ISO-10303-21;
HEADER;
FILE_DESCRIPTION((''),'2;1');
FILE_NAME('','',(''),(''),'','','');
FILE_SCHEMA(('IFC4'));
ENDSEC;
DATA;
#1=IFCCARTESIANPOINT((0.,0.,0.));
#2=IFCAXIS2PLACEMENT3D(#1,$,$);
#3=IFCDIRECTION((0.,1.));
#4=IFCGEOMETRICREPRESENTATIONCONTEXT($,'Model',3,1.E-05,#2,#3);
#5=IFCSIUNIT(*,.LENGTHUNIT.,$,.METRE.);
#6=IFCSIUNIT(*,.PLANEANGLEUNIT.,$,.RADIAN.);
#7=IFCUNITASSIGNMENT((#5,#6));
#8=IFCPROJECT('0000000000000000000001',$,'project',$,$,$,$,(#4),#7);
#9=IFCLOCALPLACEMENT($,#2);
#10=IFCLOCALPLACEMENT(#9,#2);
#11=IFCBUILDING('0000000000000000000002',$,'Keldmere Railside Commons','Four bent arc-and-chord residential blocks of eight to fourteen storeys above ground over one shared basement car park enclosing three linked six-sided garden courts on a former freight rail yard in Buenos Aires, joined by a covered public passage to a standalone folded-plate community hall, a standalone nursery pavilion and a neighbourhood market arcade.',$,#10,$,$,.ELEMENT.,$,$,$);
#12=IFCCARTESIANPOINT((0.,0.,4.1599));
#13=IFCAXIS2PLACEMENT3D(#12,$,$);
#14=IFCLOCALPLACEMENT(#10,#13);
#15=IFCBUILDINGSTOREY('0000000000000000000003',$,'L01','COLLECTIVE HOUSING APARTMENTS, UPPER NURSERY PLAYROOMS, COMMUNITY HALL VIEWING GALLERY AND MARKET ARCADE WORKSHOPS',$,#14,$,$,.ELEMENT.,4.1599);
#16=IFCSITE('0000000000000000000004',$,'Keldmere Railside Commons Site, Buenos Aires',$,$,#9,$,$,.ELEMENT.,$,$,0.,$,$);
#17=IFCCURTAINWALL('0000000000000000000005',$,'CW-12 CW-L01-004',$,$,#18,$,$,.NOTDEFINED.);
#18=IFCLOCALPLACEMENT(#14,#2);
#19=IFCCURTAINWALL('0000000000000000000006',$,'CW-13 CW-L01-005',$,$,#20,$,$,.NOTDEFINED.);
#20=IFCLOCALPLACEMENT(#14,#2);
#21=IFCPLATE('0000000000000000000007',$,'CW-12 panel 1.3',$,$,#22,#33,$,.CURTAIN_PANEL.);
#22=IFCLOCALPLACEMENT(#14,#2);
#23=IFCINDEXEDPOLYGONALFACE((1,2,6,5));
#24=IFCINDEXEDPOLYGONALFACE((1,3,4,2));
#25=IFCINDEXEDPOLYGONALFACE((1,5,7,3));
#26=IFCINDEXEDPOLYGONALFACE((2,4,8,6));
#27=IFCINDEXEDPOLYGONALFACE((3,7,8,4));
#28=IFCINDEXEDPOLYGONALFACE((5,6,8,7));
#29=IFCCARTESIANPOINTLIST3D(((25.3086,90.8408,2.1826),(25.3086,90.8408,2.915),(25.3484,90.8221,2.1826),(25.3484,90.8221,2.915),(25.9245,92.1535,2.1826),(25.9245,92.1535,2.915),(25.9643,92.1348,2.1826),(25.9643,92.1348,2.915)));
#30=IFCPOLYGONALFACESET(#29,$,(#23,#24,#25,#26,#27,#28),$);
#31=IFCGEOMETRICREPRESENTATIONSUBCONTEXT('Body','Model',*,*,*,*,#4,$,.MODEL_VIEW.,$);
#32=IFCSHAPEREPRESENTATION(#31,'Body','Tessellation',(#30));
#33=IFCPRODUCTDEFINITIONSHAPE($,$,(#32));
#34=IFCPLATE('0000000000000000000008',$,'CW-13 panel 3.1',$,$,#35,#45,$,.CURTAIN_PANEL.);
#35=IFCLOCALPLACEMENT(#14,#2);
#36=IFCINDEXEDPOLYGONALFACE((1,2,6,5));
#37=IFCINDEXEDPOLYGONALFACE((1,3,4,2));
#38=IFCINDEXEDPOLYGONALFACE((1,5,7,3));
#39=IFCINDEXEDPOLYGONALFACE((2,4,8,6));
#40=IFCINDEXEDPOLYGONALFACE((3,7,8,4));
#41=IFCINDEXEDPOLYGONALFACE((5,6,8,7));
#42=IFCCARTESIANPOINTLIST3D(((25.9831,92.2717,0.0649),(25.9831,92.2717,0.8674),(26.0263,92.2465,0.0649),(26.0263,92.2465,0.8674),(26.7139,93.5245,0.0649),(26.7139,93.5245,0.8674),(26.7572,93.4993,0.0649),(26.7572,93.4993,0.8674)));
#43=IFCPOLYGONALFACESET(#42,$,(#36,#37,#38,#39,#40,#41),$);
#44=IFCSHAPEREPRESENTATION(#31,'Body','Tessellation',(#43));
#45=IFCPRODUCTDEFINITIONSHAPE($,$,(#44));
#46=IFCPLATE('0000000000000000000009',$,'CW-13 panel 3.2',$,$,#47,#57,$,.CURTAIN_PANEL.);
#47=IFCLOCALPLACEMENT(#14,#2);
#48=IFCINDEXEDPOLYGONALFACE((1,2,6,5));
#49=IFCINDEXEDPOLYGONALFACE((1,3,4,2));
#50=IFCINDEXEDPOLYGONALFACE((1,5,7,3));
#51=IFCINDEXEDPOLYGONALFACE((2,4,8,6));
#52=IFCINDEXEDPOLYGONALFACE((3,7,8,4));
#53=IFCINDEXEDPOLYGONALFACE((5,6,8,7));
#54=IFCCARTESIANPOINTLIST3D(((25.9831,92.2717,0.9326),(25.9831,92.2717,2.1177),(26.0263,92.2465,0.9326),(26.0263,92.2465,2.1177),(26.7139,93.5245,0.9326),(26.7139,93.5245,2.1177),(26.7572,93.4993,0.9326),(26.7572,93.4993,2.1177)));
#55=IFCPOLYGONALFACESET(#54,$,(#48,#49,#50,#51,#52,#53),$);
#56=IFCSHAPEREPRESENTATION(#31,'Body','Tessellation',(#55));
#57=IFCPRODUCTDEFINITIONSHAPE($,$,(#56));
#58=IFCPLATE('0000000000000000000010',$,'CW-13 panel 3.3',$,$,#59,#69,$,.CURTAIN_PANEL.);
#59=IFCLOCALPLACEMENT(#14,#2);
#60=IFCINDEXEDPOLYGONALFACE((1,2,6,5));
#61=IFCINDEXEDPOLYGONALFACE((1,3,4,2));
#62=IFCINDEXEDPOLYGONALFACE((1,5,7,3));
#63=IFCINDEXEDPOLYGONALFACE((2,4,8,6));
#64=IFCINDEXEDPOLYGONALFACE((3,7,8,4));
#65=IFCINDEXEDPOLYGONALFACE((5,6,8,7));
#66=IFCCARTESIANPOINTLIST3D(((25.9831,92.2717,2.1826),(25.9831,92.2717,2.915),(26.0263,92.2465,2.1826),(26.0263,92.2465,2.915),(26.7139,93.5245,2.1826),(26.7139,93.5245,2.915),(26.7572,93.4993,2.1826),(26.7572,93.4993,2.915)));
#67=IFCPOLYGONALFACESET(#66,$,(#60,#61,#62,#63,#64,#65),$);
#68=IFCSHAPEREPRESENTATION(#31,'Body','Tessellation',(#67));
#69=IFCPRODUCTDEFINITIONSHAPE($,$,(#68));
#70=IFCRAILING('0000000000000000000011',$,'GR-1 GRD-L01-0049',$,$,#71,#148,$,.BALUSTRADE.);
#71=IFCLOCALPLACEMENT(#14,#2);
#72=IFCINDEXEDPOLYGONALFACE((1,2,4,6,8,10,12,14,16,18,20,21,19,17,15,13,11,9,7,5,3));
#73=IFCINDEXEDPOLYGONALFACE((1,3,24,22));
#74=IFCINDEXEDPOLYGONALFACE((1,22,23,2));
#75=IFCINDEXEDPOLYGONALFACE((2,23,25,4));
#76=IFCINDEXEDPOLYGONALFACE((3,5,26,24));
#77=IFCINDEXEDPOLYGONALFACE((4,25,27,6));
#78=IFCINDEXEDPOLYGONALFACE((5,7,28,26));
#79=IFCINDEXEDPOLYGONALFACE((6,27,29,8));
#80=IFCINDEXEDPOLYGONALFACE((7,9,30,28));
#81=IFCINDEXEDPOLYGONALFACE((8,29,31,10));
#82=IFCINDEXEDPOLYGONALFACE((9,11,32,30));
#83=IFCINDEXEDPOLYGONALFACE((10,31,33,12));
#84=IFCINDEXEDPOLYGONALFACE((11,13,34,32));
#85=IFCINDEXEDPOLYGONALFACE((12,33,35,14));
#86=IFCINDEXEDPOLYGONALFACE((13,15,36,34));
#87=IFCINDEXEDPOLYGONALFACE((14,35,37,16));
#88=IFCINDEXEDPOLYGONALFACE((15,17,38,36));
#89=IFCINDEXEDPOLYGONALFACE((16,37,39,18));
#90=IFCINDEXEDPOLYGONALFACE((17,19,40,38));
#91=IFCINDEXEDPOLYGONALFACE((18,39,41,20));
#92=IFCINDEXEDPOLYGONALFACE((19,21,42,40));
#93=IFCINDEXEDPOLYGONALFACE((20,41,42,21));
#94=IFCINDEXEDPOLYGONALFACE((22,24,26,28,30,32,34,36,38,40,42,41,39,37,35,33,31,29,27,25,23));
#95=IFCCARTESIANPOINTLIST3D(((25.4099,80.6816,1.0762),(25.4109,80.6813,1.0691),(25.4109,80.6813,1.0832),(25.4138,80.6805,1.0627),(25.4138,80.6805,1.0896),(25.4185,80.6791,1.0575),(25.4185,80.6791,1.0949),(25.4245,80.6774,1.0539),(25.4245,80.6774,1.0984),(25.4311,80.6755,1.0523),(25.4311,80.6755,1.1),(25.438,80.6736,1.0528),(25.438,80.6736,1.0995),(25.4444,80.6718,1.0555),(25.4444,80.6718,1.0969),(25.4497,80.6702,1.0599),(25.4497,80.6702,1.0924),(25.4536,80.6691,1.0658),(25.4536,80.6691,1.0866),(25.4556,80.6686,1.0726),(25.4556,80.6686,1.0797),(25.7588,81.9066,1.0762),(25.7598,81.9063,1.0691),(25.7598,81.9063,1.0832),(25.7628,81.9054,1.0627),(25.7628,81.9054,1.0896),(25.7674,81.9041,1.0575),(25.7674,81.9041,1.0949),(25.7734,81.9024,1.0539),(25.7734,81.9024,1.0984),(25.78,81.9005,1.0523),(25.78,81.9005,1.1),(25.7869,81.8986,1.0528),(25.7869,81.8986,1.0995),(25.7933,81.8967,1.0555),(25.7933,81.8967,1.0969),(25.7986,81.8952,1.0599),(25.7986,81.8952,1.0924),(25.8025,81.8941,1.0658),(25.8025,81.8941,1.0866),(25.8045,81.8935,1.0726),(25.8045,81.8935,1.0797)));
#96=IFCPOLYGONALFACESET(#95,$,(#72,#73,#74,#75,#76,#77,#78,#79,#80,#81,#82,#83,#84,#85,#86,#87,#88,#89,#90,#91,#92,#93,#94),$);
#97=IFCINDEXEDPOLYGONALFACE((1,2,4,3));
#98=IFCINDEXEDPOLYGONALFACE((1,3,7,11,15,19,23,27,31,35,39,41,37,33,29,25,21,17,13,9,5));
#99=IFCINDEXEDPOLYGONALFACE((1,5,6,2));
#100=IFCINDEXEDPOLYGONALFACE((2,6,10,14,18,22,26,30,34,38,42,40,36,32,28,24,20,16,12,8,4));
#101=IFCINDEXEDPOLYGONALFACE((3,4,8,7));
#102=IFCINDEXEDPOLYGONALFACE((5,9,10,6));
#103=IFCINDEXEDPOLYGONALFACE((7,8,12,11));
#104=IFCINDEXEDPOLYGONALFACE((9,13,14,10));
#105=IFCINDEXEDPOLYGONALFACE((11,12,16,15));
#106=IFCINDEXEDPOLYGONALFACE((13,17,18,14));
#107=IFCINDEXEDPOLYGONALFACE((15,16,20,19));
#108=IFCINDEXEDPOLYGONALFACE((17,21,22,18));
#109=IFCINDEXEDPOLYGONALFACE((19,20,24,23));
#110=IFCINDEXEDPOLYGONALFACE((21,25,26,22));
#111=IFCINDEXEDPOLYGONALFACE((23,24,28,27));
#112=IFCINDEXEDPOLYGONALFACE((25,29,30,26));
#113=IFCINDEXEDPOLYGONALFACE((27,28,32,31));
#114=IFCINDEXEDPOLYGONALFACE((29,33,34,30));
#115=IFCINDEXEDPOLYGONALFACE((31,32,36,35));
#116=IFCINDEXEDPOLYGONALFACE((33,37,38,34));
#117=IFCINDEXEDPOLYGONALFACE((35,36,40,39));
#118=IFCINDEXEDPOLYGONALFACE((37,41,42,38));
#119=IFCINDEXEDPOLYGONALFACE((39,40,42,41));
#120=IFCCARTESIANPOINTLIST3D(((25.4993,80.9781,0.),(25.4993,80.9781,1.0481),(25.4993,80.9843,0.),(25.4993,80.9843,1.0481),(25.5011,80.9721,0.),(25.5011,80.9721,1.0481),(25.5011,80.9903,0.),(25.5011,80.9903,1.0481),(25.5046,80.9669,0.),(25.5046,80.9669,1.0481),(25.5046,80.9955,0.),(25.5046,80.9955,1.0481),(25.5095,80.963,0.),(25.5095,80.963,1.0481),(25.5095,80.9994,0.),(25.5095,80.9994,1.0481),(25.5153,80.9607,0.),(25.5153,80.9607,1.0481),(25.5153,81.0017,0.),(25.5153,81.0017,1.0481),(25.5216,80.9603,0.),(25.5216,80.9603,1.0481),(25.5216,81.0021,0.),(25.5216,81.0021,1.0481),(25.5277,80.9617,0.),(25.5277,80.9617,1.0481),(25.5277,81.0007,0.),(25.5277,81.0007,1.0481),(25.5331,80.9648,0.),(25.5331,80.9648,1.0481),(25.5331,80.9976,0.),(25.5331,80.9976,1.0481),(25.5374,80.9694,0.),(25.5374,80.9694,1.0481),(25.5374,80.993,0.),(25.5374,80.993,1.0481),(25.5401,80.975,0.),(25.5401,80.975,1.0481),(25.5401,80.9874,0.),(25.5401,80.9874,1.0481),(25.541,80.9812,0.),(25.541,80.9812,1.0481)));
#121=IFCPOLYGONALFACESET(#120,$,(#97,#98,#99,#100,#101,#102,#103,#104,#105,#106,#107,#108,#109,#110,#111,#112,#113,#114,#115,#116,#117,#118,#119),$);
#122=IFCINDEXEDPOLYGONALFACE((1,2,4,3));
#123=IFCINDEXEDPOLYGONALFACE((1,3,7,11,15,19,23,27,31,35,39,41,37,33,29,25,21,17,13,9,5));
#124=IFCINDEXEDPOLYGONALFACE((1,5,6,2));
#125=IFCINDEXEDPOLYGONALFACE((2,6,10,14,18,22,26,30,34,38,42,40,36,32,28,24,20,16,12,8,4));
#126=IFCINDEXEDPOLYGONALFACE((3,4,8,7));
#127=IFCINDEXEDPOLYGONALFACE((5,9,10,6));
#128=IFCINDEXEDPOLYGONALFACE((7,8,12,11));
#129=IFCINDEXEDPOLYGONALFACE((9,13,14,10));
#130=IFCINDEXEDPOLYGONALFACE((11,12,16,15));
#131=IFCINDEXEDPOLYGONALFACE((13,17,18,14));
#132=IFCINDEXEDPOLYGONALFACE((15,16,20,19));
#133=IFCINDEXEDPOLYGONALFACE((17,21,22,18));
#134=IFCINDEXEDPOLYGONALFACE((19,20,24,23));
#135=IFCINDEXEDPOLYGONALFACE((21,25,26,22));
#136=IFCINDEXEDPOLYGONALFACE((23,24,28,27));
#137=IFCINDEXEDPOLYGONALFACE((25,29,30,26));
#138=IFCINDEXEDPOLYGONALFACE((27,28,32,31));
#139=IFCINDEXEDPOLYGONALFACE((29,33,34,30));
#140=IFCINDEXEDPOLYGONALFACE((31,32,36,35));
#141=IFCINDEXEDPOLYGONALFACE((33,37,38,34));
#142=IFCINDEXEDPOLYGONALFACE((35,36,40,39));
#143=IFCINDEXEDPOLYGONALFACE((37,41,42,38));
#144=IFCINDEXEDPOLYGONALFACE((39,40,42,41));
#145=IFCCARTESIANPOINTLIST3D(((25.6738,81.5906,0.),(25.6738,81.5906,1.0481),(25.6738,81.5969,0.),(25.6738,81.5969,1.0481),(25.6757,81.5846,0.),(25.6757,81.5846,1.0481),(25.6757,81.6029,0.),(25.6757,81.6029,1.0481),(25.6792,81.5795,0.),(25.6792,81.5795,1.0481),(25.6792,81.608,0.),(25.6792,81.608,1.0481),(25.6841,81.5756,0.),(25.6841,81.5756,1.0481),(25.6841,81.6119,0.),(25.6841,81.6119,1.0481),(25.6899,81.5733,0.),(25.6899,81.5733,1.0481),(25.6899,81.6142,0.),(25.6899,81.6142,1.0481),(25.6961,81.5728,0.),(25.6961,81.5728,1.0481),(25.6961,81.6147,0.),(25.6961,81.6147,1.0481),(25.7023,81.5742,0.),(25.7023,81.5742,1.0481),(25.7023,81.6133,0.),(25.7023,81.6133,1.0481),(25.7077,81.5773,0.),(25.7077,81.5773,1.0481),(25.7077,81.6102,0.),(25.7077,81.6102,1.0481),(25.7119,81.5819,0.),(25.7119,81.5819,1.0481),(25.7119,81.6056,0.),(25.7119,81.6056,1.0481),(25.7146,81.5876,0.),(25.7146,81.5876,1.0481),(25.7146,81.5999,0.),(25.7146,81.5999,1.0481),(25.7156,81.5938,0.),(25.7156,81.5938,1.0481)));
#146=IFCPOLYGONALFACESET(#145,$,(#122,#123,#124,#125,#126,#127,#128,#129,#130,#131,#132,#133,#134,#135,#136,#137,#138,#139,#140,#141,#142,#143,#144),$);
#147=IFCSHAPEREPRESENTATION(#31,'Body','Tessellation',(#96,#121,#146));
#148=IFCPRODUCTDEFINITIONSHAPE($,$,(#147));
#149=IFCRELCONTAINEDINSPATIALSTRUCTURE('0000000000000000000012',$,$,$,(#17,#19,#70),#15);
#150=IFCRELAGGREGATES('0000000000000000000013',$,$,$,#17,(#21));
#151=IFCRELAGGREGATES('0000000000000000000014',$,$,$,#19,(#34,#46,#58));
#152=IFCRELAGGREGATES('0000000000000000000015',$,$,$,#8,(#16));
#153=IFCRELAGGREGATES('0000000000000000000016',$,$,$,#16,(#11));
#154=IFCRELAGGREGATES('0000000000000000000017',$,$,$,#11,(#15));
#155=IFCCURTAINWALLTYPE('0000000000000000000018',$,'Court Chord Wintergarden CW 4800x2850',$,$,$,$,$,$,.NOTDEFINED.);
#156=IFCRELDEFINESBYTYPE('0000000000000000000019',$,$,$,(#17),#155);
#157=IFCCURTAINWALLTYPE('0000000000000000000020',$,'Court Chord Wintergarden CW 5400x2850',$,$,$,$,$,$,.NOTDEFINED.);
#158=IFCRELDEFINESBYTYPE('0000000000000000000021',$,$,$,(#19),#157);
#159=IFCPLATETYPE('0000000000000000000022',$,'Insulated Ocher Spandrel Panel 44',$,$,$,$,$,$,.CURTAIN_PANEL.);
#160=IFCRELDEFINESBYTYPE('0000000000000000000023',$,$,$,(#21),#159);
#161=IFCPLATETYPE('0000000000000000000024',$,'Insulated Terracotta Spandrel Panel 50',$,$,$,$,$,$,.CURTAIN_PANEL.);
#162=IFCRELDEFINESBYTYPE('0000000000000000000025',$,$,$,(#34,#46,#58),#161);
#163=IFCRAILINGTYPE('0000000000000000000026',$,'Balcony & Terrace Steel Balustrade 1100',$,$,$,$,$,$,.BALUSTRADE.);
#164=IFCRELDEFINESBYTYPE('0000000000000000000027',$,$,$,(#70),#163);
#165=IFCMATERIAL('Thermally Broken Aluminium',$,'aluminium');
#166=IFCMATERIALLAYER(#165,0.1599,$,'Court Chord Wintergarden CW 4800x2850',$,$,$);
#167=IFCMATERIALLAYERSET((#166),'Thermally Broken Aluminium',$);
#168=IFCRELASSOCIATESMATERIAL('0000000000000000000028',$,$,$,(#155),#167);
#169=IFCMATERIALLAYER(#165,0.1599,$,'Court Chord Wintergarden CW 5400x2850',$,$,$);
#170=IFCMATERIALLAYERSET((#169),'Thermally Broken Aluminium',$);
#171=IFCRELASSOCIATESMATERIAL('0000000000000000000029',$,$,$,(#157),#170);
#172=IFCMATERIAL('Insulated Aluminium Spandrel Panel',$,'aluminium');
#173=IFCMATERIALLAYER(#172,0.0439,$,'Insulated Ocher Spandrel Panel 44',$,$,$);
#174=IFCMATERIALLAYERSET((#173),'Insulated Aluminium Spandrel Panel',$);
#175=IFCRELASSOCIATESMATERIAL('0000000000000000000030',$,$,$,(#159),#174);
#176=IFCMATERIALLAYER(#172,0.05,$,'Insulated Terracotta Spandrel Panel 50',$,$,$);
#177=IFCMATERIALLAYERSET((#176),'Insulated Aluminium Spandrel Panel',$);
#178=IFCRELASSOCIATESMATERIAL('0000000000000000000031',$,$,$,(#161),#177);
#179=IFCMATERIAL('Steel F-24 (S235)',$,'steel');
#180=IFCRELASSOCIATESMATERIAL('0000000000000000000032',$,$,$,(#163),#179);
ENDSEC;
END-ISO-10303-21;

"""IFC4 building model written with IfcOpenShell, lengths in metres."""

from ifc_helpers import new_model, si_unit, direction, frame, origin, origin_2d, place, context, subcontext, project, spatial, rectangle, circle, extrude, material, layer, layer_set, type_object, element, aggregate, save


model = new_model("IFC4")

# Units and contexts
model_context = context("Model", 3, precision=1e-05, world=origin(), true_north=direction((0.0, 1.0)))
body_context = subcontext(model_context, "Body", "Model", "MODEL_VIEW")
ifc_project = project(units=[si_unit("LENGTHUNIT", "METRE"), si_unit("PLANEANGLEUNIT", "RADIAN")], contexts=[model_context])

# Site, building, storey
site_placement = place(None, origin())
site = spatial("IfcSite", under=ifc_project, at=site_placement, Name="Keldmere Railside Commons Site, Buenos Aires", CompositionType="ELEMENT", RefElevation=0.0)
building_placement = place(site_placement, origin())
building = spatial("IfcBuilding", under=site, at=building_placement, Name="Keldmere Railside Commons", Description="Four bent arc-and-chord residential blocks of eight to fourteen storeys above ground over one shared basement car park enclosing three linked six-sided garden courts on a former freight rail yard in Buenos Aires, joined by a covered public passage to a standalone folded-plate community hall, a standalone nursery pavilion and a neighbourhood market arcade.", CompositionType="ELEMENT")
storey_placement = place(building_placement, frame((0.0, 0.0, 4.1599)))
storey = spatial("IfcBuildingStorey", under=building, at=storey_placement, Name="L01", Description="COLLECTIVE HOUSING APARTMENTS, UPPER NURSERY PLAYROOMS, COMMUNITY HALL VIEWING GALLERY AND MARKET ARCADE WORKSHOPS", CompositionType="ELEMENT", Elevation=4.1599)

# Curtain wall
ifc_material_1 = material(Name="Thermally Broken Aluminium", Category="aluminium")
ifc_layer_1 = layer(ifc_material_1, 0.1599, Name="Court Chord Wintergarden CW 4800x2850")
ifc_layer_set_1 = layer_set([ifc_layer_1], Name="Thermally Broken Aluminium")
curtain_wall_type_1 = type_object("IfcCurtainWallType", Name="Court Chord Wintergarden CW 4800x2850", PredefinedType="NOTDEFINED", material=ifc_layer_set_1)
curtain_wall_1_placement = place(storey_placement, origin())
curtain_wall_1 = element("IfcCurtainWall", 1, at=curtain_wall_1_placement, inside=storey, type_object=curtain_wall_type_1, Name="CW-12 CW-L01-004", PredefinedType="NOTDEFINED")

# Curtain wall
ifc_layer_2 = layer(ifc_material_1, 0.1599, Name="Court Chord Wintergarden CW 5400x2850")
ifc_layer_set_2 = layer_set([ifc_layer_2], Name="Thermally Broken Aluminium")
curtain_wall_type_2 = type_object("IfcCurtainWallType", Name="Court Chord Wintergarden CW 5400x2850", PredefinedType="NOTDEFINED", material=ifc_layer_set_2)
curtain_wall_2_placement = place(storey_placement, origin())
curtain_wall_2 = element("IfcCurtainWall", 2, at=curtain_wall_2_placement, inside=storey, type_object=curtain_wall_type_2, Name="CW-13 CW-L01-005", PredefinedType="NOTDEFINED")

# Plates
ifc_material_2 = material(Name="Insulated Aluminium Spandrel Panel", Category="aluminium")
ifc_layer_3 = layer(ifc_material_2, 0.0439, Name="Insulated Ocher Spandrel Panel 44")
ifc_layer_set_3 = layer_set([ifc_layer_3], Name="Insulated Aluminium Spandrel Panel")
plate_type_1 = type_object("IfcPlateType", Name="Insulated Ocher Spandrel Panel 44", PredefinedType="CURTAIN_PANEL", material=ifc_layer_set_3)
plate_1_placement = place(storey_placement, frame((25.6365, 91.4878, 2.1826), z_axis=(0.0, 0.0, 1.0), x_axis=(-0.424759, -0.905306, 0.0)))
plate_1 = element("IfcPlate", 3, at=plate_1_placement, type_object=plate_type_1, Name="CW-12 panel 1.3", PredefinedType="CURTAIN_PANEL", context=body_context, shape_type="SweptSolid", body=[
    extrude(rectangle(XDim=1.45, YDim=0.0439, at=origin_2d()), origin(), (0.0, 0.0, 1.0), 0.7324),
])
aggregate(curtain_wall_1, [plate_1])
ifc_layer_4 = layer(ifc_material_2, 0.05, Name="Insulated Terracotta Spandrel Panel 50")
ifc_layer_set_4 = layer_set([ifc_layer_4], Name="Insulated Aluminium Spandrel Panel")
plate_type_2 = type_object("IfcPlateType", Name="Insulated Terracotta Spandrel Panel 50", PredefinedType="CURTAIN_PANEL", material=ifc_layer_set_4)
plate_2_placement = place(storey_placement, frame((26.3701, 92.8855, 0.0649), z_axis=(0.0, 0.0, 1.0), x_axis=(-0.503911, -0.863755, 0.0)))
plate_2 = element("IfcPlate", 4, at=plate_2_placement, type_object=plate_type_2, Name="CW-13 panel 3.1", PredefinedType="CURTAIN_PANEL", context=body_context, shape_type="SweptSolid", body=[
    extrude(rectangle(XDim=1.4504, YDim=0.05, at=origin_2d()), origin(), (0.0, 0.0, 1.0), 0.8025),
])
plate_3_placement = place(storey_placement, frame((26.3701, 92.8855, 0.9326), z_axis=(0.0, 0.0, 1.0), x_axis=(-0.503911, -0.863755, 0.0)))
plate_3 = element("IfcPlate", 5, at=plate_3_placement, type_object=plate_type_2, Name="CW-13 panel 3.2", PredefinedType="CURTAIN_PANEL", context=body_context, shape_type="SweptSolid", body=[
    extrude(rectangle(XDim=1.4504, YDim=0.05, at=origin_2d()), origin(), (0.0, 0.0, 1.0), 1.1851),
])
plate_4_placement = place(storey_placement, frame((26.3701, 92.8855, 2.1826), z_axis=(0.0, 0.0, 1.0), x_axis=(-0.503911, -0.863755, 0.0)))
plate_4 = element("IfcPlate", 6, at=plate_4_placement, type_object=plate_type_2, Name="CW-13 panel 3.3", PredefinedType="CURTAIN_PANEL", context=body_context, shape_type="SweptSolid", body=[
    extrude(rectangle(XDim=1.4504, YDim=0.05, at=origin_2d()), origin(), (0.0, 0.0, 1.0), 0.7324),
])
aggregate(curtain_wall_2, [plate_2, plate_3, plate_4])

# Railing
ifc_material_3 = material(Name="Steel F-24 (S235)", Category="steel")
railing_type = type_object("IfcRailingType", Name="Balcony & Terrace Steel Balustrade 1100", PredefinedType="BALUSTRADE", material=ifc_material_3)
railing_1_placement = place(storey_placement, frame((25.4329, 80.675, 0.0)))
element("IfcRailing", 7, at=railing_1_placement, inside=storey, type_object=railing_type, Name="GR-1 GRD-L01-0049", PredefinedType="BALUSTRADE", context=body_context, shape_type="SweptSolid", body=[
    extrude(circle(Radius=0.0239, at=origin_2d()), frame((0.0, 0.0, 1.0762), z_axis=(0.273936, 0.961748, 0.0), x_axis=(-0.961748, 0.273936, 0.0)), (0.0, 0.0, 1.0), 1.2737),
    extrude(circle(Radius=0.021, at=origin_2d()), frame((0.0872, 0.3062, 0.0)), (0.0, 0.0, 1.0), 1.0481),
    extrude(circle(Radius=0.021, at=origin_2d()), frame((0.2617, 0.9187, 0.0)), (0.0, 0.0, 1.0), 1.0481),
])

save(model, "model.ifc")
